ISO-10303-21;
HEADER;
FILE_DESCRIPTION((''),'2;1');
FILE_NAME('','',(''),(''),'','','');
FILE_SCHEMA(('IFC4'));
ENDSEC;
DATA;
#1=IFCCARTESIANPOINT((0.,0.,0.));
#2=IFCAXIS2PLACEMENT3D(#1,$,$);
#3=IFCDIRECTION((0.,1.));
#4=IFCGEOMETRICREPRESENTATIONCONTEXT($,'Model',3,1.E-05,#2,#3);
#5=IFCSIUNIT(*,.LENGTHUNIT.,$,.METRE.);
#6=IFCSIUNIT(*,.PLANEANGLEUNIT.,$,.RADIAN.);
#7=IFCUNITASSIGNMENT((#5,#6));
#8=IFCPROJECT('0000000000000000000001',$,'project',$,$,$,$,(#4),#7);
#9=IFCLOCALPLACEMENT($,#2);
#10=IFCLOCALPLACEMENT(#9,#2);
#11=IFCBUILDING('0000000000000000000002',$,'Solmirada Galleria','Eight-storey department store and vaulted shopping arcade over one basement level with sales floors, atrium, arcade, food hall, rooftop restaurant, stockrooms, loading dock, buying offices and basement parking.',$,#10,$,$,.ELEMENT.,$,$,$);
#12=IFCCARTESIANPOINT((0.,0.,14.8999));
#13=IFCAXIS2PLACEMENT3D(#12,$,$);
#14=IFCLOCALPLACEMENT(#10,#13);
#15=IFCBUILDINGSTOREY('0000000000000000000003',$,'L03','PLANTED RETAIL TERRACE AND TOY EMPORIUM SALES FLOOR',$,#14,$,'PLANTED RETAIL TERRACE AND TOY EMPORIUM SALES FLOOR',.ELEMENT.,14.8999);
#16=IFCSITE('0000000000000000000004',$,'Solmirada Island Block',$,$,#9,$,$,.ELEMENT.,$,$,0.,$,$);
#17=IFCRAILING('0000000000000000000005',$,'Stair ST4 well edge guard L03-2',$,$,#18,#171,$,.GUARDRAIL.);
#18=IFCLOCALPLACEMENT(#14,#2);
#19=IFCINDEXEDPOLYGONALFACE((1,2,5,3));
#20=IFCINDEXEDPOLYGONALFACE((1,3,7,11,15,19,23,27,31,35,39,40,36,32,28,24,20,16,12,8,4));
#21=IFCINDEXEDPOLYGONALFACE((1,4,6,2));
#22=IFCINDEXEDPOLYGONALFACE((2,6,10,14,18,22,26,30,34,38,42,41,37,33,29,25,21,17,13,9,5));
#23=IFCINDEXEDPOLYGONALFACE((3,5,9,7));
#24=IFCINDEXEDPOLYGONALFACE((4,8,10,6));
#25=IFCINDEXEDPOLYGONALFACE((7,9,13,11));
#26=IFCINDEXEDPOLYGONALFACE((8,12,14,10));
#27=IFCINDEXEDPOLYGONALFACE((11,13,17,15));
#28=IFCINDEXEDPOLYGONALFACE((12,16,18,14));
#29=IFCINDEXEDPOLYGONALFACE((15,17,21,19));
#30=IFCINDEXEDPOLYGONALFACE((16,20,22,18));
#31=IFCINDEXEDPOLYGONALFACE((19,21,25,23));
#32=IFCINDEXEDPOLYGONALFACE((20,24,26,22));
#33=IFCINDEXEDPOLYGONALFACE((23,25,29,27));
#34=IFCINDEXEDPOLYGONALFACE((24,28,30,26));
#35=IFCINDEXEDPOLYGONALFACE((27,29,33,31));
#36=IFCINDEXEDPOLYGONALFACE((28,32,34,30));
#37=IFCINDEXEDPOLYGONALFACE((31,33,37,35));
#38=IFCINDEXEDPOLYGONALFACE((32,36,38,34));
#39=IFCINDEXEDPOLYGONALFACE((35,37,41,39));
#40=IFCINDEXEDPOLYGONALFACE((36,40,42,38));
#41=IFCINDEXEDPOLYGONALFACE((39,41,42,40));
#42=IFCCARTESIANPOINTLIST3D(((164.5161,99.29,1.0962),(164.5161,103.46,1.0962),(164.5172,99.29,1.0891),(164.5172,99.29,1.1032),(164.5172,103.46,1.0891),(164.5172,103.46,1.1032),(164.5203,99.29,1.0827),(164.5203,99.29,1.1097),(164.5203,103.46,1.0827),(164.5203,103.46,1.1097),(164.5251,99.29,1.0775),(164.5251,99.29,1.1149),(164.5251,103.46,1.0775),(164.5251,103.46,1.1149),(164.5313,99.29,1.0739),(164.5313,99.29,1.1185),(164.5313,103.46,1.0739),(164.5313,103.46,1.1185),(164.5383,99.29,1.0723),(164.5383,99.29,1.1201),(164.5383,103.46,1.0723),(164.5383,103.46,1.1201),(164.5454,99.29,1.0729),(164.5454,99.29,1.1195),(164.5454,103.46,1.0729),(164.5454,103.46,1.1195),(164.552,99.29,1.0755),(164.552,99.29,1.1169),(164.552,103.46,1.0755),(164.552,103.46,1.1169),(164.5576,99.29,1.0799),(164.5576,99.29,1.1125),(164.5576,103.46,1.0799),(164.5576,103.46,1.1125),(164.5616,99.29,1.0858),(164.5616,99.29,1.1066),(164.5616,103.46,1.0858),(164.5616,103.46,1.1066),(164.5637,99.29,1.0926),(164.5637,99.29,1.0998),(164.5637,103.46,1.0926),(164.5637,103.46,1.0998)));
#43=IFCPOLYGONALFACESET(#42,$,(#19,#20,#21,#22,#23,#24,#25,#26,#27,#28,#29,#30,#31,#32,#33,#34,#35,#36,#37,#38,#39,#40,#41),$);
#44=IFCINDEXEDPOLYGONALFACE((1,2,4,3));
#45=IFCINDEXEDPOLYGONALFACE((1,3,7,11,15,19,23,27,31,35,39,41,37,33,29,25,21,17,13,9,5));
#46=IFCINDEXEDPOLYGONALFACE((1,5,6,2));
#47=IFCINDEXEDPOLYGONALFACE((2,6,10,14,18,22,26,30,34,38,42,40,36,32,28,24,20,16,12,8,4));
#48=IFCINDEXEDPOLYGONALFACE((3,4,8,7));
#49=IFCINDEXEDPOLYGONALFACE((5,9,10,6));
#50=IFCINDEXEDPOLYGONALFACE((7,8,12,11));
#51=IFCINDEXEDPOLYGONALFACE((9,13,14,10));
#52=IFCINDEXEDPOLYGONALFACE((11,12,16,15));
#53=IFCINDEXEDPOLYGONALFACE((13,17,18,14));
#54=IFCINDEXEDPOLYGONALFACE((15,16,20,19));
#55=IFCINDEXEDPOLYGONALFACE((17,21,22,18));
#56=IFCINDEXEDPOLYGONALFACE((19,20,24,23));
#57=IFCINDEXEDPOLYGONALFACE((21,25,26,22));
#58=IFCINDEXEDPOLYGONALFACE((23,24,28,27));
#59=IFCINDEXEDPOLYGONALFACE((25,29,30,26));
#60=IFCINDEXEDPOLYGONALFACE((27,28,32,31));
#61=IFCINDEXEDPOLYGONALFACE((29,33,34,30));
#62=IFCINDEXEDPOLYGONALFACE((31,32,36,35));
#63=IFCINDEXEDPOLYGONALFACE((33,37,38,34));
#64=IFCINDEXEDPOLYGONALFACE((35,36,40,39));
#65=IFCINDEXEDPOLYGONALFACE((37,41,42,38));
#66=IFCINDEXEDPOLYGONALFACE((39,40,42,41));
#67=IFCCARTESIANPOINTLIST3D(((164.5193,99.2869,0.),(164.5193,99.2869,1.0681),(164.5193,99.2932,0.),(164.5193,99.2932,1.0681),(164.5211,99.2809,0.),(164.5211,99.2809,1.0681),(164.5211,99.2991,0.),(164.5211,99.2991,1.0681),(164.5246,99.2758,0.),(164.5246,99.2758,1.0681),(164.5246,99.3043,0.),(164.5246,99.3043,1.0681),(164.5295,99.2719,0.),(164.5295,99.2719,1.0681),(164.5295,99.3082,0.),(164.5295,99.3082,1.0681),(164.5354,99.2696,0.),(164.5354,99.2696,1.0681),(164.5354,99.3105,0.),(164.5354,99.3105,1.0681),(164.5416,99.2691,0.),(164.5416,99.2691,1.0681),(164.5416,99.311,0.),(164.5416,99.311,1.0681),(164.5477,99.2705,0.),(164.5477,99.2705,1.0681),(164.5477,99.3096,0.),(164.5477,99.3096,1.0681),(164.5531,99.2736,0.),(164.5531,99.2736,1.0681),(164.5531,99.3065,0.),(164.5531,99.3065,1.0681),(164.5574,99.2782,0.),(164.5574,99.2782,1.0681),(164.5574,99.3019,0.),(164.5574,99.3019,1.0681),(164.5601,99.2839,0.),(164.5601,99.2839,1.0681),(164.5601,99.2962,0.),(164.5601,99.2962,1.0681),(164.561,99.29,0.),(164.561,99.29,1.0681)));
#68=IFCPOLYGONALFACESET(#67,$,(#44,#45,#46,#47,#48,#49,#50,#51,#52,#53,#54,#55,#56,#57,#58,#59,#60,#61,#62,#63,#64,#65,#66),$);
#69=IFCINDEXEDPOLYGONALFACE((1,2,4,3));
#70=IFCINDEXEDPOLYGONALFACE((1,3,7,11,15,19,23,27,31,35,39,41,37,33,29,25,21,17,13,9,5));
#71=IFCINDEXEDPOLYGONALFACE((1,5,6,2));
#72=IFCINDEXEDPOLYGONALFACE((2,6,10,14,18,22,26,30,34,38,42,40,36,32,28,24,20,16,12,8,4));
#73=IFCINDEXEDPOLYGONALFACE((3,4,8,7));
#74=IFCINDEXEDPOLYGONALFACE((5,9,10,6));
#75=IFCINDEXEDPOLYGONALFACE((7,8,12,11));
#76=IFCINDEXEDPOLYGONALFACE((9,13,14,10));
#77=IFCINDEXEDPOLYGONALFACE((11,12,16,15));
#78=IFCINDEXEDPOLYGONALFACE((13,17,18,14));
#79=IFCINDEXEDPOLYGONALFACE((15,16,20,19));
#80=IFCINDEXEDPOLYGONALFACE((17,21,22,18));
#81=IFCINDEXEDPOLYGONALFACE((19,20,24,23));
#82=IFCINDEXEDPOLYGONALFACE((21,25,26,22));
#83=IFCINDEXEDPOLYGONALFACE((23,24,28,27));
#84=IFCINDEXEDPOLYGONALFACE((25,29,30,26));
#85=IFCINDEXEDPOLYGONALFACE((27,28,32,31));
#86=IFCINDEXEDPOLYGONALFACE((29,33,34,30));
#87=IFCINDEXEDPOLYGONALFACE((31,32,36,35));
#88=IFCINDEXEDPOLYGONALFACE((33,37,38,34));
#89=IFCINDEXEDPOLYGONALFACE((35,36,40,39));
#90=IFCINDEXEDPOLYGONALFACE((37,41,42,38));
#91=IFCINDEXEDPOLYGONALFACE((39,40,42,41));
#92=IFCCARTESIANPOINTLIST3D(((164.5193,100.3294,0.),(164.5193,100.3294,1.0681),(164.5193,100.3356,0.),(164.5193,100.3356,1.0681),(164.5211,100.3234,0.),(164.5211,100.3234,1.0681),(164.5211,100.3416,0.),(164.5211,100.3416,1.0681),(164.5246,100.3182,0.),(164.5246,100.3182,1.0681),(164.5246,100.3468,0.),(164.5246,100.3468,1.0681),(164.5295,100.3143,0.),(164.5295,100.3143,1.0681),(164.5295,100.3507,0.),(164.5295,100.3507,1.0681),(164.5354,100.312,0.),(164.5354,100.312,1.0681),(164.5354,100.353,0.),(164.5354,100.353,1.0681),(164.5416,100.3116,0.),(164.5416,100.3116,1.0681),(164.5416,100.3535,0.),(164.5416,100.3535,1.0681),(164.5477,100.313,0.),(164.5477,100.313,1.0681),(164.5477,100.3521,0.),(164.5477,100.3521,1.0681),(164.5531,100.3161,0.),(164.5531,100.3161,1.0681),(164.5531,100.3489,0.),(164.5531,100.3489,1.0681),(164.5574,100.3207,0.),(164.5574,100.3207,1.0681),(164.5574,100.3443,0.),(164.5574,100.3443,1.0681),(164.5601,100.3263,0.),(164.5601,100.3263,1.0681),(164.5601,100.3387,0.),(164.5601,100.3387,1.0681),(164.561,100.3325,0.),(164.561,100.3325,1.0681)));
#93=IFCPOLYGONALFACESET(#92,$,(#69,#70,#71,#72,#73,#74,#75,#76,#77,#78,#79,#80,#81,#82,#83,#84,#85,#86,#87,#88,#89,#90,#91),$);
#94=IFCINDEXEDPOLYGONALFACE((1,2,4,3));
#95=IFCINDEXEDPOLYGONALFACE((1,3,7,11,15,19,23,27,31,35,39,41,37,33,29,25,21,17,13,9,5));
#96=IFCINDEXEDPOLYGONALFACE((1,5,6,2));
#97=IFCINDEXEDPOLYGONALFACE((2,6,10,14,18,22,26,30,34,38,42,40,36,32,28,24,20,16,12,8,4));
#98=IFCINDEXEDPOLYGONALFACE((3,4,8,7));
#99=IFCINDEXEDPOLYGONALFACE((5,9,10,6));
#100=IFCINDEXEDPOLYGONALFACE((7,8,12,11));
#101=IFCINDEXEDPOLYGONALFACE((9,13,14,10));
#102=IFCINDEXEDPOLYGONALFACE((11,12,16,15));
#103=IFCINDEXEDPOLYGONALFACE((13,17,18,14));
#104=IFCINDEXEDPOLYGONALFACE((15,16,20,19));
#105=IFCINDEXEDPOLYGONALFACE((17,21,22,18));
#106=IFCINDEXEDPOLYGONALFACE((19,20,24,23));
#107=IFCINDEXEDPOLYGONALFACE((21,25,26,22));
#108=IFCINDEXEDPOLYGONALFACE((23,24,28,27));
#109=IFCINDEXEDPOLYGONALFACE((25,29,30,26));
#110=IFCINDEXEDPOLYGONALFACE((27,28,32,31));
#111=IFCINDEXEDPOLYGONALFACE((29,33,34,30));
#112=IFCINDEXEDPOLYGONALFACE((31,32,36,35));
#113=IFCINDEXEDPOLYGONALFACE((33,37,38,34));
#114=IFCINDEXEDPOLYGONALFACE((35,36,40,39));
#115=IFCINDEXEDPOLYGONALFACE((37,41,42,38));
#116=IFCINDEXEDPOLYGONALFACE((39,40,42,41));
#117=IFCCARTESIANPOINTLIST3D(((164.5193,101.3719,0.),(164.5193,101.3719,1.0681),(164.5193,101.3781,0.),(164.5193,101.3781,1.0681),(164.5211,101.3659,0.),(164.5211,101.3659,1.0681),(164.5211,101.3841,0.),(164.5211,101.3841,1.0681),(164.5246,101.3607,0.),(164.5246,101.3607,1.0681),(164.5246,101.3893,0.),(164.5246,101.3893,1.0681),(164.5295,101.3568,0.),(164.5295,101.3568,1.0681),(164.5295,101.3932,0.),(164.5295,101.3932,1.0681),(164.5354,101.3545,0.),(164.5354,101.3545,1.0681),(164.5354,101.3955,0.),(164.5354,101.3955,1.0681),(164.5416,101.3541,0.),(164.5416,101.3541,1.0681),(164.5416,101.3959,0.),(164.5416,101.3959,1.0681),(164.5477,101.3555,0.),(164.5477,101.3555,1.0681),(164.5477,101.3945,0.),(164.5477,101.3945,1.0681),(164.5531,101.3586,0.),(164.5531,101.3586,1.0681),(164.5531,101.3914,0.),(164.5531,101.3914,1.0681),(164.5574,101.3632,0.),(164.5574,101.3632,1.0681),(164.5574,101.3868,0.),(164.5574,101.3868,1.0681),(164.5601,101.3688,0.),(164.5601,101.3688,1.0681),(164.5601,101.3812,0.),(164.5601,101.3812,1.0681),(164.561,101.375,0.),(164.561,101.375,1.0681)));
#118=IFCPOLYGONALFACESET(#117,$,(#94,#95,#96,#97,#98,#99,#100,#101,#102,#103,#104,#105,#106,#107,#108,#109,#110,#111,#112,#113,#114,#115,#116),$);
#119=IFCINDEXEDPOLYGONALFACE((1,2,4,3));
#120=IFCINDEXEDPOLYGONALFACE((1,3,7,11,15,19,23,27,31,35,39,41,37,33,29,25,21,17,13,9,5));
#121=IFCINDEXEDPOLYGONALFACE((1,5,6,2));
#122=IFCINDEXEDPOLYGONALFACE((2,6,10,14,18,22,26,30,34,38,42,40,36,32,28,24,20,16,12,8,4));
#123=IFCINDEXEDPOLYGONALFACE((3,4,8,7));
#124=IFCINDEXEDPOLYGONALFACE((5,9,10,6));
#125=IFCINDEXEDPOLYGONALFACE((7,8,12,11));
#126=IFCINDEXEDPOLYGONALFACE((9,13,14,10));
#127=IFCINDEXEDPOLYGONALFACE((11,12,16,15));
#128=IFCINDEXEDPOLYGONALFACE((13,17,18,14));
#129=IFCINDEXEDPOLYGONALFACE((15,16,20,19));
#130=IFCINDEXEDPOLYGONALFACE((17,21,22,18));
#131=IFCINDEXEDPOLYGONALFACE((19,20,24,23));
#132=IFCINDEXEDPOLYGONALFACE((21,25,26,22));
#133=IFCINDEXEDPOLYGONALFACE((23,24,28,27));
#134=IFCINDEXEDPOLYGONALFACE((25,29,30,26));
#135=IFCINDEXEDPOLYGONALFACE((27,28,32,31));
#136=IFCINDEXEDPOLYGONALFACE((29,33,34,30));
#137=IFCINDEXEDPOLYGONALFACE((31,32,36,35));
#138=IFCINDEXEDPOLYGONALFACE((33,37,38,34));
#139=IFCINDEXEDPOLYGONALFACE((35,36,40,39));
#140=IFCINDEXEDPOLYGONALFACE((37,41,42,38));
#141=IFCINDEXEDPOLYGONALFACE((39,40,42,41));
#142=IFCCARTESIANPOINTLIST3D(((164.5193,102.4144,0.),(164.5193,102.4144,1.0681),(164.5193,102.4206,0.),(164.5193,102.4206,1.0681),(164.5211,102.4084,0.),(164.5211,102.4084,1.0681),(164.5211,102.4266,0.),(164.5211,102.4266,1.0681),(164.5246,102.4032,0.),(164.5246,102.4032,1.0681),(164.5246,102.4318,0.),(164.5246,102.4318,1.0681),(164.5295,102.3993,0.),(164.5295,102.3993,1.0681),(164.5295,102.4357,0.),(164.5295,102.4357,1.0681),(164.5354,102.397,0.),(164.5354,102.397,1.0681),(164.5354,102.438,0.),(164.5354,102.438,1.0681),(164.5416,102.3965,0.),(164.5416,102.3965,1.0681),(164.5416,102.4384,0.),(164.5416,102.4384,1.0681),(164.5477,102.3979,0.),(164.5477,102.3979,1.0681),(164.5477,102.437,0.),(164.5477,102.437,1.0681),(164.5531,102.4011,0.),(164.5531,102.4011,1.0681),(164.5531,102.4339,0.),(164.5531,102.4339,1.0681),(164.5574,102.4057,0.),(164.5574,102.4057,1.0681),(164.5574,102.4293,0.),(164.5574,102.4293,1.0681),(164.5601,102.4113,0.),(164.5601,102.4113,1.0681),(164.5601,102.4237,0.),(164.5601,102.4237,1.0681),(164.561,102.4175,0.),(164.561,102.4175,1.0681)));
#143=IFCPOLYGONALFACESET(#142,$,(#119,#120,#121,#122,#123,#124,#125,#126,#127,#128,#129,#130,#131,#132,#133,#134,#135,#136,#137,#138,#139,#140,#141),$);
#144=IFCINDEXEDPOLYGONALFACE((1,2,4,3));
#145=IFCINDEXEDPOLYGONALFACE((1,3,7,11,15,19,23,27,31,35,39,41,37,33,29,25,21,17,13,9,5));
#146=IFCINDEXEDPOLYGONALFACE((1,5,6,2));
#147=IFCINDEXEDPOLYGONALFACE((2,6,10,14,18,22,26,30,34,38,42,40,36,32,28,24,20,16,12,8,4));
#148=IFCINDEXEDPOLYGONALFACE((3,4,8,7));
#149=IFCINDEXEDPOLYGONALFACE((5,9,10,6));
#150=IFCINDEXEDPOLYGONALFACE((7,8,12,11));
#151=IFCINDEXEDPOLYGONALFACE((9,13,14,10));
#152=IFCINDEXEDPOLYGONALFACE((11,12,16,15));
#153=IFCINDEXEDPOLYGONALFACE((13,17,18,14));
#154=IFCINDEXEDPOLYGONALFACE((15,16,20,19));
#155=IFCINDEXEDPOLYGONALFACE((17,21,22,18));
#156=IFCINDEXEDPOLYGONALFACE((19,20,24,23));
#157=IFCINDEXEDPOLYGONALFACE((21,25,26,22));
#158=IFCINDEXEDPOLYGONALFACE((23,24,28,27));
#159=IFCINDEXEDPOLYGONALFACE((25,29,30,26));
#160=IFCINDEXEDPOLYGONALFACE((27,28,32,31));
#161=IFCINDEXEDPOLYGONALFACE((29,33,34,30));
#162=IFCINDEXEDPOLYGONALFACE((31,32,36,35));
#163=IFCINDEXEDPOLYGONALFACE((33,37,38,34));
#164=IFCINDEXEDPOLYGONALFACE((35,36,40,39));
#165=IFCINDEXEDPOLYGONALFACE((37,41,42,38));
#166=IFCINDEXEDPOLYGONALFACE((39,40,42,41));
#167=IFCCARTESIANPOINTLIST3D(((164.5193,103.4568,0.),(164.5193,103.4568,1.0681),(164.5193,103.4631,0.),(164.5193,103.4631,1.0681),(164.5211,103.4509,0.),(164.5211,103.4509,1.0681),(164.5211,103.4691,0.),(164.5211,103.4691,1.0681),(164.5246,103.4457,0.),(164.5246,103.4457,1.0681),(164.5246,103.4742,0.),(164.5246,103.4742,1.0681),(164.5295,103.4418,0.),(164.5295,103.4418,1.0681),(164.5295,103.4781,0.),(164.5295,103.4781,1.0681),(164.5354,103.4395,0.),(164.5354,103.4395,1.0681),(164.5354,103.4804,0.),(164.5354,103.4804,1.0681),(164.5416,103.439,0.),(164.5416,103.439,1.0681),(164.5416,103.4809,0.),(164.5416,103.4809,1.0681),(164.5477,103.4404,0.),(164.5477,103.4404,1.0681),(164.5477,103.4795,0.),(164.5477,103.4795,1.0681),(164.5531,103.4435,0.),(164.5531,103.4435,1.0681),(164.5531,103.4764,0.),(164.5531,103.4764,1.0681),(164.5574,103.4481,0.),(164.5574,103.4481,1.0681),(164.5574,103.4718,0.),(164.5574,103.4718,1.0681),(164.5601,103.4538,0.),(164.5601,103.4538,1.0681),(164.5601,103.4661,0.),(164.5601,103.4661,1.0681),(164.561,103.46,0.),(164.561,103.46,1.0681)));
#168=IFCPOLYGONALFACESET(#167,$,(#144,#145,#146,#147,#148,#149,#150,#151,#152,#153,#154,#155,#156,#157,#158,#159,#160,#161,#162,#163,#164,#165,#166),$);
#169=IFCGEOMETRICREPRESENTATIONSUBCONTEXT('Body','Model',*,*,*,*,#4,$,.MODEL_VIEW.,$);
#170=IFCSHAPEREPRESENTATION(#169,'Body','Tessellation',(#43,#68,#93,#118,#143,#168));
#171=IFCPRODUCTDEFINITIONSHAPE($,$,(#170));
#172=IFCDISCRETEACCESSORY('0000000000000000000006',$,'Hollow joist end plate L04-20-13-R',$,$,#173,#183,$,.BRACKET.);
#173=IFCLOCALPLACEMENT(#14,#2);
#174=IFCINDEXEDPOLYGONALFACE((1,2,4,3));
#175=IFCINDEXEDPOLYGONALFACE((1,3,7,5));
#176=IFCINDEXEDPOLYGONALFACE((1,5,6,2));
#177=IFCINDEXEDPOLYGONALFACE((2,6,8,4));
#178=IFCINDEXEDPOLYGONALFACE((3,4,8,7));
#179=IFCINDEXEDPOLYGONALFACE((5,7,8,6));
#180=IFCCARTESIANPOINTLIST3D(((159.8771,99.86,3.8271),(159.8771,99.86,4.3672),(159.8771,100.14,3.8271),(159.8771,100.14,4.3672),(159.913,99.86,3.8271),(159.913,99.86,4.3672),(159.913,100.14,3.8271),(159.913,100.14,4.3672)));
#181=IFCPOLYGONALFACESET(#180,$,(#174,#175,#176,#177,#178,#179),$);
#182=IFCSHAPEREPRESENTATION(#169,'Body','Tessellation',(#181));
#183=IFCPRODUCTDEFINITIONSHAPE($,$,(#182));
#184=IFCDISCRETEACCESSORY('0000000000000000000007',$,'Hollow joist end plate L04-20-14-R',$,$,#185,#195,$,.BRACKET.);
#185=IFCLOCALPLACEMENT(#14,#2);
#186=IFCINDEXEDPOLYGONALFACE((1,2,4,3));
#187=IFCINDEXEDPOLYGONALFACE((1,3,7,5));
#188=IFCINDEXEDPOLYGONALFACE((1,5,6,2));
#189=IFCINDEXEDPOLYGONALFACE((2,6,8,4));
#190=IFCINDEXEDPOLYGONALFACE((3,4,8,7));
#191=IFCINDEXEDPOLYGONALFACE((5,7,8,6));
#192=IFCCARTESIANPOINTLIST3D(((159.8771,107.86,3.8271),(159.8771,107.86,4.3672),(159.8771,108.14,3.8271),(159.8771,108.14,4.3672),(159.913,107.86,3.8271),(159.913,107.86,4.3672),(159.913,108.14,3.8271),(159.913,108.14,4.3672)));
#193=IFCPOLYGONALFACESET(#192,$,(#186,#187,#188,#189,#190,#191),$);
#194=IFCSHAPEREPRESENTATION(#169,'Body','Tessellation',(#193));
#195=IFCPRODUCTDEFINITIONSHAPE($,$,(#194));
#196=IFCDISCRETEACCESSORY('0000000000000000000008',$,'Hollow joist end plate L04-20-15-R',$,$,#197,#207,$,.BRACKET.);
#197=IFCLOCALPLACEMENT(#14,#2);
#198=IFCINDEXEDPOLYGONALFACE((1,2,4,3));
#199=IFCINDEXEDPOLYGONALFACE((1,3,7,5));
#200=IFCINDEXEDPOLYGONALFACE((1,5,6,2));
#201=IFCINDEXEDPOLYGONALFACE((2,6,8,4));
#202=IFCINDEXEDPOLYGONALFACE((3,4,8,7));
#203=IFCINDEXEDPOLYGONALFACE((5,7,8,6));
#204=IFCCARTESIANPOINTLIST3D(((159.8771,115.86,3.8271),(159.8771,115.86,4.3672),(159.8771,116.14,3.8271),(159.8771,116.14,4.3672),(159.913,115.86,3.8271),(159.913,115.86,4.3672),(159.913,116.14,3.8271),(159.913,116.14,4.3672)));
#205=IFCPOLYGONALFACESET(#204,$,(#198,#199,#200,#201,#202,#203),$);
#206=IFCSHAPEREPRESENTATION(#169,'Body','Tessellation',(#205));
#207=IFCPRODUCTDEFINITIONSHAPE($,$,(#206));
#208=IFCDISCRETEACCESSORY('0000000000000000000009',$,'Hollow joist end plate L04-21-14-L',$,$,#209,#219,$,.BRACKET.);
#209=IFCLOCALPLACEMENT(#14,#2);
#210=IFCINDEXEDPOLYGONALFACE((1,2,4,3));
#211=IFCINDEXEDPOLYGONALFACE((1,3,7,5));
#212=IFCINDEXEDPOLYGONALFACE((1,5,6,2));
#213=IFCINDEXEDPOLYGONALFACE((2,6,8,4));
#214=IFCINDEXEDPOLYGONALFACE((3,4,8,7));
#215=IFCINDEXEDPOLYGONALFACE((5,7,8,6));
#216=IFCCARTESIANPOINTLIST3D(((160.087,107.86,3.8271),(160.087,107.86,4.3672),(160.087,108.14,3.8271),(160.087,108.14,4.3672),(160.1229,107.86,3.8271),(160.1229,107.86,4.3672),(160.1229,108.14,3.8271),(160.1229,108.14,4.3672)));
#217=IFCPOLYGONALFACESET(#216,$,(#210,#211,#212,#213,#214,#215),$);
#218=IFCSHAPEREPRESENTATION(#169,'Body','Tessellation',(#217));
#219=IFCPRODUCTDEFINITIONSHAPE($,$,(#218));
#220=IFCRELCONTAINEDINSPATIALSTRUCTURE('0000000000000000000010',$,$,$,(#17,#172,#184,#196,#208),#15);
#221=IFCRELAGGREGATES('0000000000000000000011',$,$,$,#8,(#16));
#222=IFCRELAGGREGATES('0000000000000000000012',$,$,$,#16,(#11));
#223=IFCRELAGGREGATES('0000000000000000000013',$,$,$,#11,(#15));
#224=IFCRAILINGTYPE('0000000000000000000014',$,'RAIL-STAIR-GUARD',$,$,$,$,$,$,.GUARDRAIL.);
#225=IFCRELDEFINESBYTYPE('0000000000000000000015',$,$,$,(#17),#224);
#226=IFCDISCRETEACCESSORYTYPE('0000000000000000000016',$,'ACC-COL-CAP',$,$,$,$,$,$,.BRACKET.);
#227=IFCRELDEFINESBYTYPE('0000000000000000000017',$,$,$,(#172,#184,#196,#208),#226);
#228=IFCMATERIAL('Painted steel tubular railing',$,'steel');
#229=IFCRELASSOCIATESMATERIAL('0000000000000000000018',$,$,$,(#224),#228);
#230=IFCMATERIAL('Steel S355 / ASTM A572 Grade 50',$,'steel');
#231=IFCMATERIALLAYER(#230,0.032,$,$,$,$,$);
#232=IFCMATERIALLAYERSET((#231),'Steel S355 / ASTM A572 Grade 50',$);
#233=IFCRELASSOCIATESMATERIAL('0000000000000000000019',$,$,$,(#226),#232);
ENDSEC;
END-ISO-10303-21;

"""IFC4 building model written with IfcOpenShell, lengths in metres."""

from ifc_helpers import new_model, si_unit, direction, frame, origin, origin_2d, place, context, subcontext, project, spatial, rectangle, circle, extrude, material, layer, layer_set, type_object, element, save


model = new_model("IFC4")

# Units and contexts
model_context = context("Model", 3, precision=1e-05, world=origin(), true_north=direction((0.0, 1.0)))
body_context = subcontext(model_context, "Body", "Model", "MODEL_VIEW")
ifc_project = project(units=[si_unit("LENGTHUNIT", "METRE"), si_unit("PLANEANGLEUNIT", "RADIAN")], contexts=[model_context])

# Site, building, storey
site_placement = place(None, origin())
site = spatial("IfcSite", under=ifc_project, at=site_placement, Name="Solmirada Island Block", CompositionType="ELEMENT", RefElevation=0.0)
building_placement = place(site_placement, origin())
building = spatial("IfcBuilding", under=site, at=building_placement, Name="Solmirada Galleria", Description="Eight-storey department store and vaulted shopping arcade over one basement level with sales floors, atrium, arcade, food hall, rooftop restaurant, stockrooms, loading dock, buying offices and basement parking.", CompositionType="ELEMENT")
storey_placement = place(building_placement, frame((0.0, 0.0, 14.8999)))
storey = spatial("IfcBuildingStorey", under=building, at=storey_placement, Name="L03", Description="PLANTED RETAIL TERRACE AND TOY EMPORIUM SALES FLOOR", LongName="PLANTED RETAIL TERRACE AND TOY EMPORIUM SALES FLOOR", CompositionType="ELEMENT", Elevation=14.8999)

# Railing
ifc_material_1 = material(Name="Painted steel tubular railing", Category="steel")
railing_type = type_object("IfcRailingType", Name="RAIL-STAIR-GUARD", PredefinedType="GUARDRAIL", material=ifc_material_1)
railing_1_placement = place(storey_placement, frame((164.54, 99.29, 0.0)))
element("IfcRailing", 1, at=railing_1_placement, inside=storey, type_object=railing_type, Name="Stair ST4 well edge guard L03-2", PredefinedType="GUARDRAIL", context=body_context, shape_type="SweptSolid", body=[
    extrude(circle(Radius=0.0239, at=origin_2d()), frame((0.0, 0.0, 1.0962), z_axis=(0.0, 1.0, 0.0), x_axis=(-1.0, 0.0, 0.0)), (0.0, 0.0, 1.0), 4.1699),
    extrude(circle(Radius=0.021, at=origin_2d()), origin(), (0.0, 0.0, 1.0), 1.0681),
    extrude(circle(Radius=0.021, at=origin_2d()), frame((0.0, 1.0425, 0.0)), (0.0, 0.0, 1.0), 1.0681),
    extrude(circle(Radius=0.021, at=origin_2d()), frame((0.0, 2.085, 0.0)), (0.0, 0.0, 1.0), 1.0681),
    extrude(circle(Radius=0.021, at=origin_2d()), frame((0.0, 3.1274, 0.0)), (0.0, 0.0, 1.0), 1.0681),
    extrude(circle(Radius=0.021, at=origin_2d()), frame((0.0, 4.1699, 0.0)), (0.0, 0.0, 1.0), 1.0681),
])

# Discrete accessories
ifc_material_2 = material(Name="Steel S355 / ASTM A572 Grade 50", Category="steel")
ifc_layer_1 = layer(ifc_material_2, 0.032)
ifc_layer_set_1 = layer_set([ifc_layer_1], Name="Steel S355 / ASTM A572 Grade 50")
discrete_accessory_type = type_object("IfcDiscreteAccessoryType", Name="ACC-COL-CAP", PredefinedType="BRACKET", material=ifc_layer_set_1)
for number, where, z_axis, x_axis, name in (
    (2, (159.895, 100.0, 3.8271), (0.0, 0.0, 1.0), (1.0, 0.0, 0.0), "Hollow joist end plate L04-20-13-R"),
    (3, (159.895, 108.0, 3.8271), (0.0, 0.0, 1.0), (1.0, 0.0, 0.0), "Hollow joist end plate L04-20-14-R"),
    (4, (159.895, 116.0, 3.8271), (0.0, 0.0, 1.0), (1.0, 0.0, 0.0), "Hollow joist end plate L04-20-15-R"),
    (5, (160.105, 108.0, 3.8271), (0.0, 0.0, 1.0), (1.0, 0.0, 0.0), "Hollow joist end plate L04-21-14-L"),
):
    element("IfcDiscreteAccessory", number, at=place(storey_placement, frame(where, z_axis=z_axis, x_axis=x_axis)), inside=storey, type_object=discrete_accessory_type, Name=name, PredefinedType="BRACKET", context=body_context, shape_type="SweptSolid", body=[
        extrude(rectangle(XDim=0.0359, YDim=0.28, at=origin_2d()), origin(), (0.0, 0.0, 1.0), 0.54),
    ])

save(model, "model.ifc")
